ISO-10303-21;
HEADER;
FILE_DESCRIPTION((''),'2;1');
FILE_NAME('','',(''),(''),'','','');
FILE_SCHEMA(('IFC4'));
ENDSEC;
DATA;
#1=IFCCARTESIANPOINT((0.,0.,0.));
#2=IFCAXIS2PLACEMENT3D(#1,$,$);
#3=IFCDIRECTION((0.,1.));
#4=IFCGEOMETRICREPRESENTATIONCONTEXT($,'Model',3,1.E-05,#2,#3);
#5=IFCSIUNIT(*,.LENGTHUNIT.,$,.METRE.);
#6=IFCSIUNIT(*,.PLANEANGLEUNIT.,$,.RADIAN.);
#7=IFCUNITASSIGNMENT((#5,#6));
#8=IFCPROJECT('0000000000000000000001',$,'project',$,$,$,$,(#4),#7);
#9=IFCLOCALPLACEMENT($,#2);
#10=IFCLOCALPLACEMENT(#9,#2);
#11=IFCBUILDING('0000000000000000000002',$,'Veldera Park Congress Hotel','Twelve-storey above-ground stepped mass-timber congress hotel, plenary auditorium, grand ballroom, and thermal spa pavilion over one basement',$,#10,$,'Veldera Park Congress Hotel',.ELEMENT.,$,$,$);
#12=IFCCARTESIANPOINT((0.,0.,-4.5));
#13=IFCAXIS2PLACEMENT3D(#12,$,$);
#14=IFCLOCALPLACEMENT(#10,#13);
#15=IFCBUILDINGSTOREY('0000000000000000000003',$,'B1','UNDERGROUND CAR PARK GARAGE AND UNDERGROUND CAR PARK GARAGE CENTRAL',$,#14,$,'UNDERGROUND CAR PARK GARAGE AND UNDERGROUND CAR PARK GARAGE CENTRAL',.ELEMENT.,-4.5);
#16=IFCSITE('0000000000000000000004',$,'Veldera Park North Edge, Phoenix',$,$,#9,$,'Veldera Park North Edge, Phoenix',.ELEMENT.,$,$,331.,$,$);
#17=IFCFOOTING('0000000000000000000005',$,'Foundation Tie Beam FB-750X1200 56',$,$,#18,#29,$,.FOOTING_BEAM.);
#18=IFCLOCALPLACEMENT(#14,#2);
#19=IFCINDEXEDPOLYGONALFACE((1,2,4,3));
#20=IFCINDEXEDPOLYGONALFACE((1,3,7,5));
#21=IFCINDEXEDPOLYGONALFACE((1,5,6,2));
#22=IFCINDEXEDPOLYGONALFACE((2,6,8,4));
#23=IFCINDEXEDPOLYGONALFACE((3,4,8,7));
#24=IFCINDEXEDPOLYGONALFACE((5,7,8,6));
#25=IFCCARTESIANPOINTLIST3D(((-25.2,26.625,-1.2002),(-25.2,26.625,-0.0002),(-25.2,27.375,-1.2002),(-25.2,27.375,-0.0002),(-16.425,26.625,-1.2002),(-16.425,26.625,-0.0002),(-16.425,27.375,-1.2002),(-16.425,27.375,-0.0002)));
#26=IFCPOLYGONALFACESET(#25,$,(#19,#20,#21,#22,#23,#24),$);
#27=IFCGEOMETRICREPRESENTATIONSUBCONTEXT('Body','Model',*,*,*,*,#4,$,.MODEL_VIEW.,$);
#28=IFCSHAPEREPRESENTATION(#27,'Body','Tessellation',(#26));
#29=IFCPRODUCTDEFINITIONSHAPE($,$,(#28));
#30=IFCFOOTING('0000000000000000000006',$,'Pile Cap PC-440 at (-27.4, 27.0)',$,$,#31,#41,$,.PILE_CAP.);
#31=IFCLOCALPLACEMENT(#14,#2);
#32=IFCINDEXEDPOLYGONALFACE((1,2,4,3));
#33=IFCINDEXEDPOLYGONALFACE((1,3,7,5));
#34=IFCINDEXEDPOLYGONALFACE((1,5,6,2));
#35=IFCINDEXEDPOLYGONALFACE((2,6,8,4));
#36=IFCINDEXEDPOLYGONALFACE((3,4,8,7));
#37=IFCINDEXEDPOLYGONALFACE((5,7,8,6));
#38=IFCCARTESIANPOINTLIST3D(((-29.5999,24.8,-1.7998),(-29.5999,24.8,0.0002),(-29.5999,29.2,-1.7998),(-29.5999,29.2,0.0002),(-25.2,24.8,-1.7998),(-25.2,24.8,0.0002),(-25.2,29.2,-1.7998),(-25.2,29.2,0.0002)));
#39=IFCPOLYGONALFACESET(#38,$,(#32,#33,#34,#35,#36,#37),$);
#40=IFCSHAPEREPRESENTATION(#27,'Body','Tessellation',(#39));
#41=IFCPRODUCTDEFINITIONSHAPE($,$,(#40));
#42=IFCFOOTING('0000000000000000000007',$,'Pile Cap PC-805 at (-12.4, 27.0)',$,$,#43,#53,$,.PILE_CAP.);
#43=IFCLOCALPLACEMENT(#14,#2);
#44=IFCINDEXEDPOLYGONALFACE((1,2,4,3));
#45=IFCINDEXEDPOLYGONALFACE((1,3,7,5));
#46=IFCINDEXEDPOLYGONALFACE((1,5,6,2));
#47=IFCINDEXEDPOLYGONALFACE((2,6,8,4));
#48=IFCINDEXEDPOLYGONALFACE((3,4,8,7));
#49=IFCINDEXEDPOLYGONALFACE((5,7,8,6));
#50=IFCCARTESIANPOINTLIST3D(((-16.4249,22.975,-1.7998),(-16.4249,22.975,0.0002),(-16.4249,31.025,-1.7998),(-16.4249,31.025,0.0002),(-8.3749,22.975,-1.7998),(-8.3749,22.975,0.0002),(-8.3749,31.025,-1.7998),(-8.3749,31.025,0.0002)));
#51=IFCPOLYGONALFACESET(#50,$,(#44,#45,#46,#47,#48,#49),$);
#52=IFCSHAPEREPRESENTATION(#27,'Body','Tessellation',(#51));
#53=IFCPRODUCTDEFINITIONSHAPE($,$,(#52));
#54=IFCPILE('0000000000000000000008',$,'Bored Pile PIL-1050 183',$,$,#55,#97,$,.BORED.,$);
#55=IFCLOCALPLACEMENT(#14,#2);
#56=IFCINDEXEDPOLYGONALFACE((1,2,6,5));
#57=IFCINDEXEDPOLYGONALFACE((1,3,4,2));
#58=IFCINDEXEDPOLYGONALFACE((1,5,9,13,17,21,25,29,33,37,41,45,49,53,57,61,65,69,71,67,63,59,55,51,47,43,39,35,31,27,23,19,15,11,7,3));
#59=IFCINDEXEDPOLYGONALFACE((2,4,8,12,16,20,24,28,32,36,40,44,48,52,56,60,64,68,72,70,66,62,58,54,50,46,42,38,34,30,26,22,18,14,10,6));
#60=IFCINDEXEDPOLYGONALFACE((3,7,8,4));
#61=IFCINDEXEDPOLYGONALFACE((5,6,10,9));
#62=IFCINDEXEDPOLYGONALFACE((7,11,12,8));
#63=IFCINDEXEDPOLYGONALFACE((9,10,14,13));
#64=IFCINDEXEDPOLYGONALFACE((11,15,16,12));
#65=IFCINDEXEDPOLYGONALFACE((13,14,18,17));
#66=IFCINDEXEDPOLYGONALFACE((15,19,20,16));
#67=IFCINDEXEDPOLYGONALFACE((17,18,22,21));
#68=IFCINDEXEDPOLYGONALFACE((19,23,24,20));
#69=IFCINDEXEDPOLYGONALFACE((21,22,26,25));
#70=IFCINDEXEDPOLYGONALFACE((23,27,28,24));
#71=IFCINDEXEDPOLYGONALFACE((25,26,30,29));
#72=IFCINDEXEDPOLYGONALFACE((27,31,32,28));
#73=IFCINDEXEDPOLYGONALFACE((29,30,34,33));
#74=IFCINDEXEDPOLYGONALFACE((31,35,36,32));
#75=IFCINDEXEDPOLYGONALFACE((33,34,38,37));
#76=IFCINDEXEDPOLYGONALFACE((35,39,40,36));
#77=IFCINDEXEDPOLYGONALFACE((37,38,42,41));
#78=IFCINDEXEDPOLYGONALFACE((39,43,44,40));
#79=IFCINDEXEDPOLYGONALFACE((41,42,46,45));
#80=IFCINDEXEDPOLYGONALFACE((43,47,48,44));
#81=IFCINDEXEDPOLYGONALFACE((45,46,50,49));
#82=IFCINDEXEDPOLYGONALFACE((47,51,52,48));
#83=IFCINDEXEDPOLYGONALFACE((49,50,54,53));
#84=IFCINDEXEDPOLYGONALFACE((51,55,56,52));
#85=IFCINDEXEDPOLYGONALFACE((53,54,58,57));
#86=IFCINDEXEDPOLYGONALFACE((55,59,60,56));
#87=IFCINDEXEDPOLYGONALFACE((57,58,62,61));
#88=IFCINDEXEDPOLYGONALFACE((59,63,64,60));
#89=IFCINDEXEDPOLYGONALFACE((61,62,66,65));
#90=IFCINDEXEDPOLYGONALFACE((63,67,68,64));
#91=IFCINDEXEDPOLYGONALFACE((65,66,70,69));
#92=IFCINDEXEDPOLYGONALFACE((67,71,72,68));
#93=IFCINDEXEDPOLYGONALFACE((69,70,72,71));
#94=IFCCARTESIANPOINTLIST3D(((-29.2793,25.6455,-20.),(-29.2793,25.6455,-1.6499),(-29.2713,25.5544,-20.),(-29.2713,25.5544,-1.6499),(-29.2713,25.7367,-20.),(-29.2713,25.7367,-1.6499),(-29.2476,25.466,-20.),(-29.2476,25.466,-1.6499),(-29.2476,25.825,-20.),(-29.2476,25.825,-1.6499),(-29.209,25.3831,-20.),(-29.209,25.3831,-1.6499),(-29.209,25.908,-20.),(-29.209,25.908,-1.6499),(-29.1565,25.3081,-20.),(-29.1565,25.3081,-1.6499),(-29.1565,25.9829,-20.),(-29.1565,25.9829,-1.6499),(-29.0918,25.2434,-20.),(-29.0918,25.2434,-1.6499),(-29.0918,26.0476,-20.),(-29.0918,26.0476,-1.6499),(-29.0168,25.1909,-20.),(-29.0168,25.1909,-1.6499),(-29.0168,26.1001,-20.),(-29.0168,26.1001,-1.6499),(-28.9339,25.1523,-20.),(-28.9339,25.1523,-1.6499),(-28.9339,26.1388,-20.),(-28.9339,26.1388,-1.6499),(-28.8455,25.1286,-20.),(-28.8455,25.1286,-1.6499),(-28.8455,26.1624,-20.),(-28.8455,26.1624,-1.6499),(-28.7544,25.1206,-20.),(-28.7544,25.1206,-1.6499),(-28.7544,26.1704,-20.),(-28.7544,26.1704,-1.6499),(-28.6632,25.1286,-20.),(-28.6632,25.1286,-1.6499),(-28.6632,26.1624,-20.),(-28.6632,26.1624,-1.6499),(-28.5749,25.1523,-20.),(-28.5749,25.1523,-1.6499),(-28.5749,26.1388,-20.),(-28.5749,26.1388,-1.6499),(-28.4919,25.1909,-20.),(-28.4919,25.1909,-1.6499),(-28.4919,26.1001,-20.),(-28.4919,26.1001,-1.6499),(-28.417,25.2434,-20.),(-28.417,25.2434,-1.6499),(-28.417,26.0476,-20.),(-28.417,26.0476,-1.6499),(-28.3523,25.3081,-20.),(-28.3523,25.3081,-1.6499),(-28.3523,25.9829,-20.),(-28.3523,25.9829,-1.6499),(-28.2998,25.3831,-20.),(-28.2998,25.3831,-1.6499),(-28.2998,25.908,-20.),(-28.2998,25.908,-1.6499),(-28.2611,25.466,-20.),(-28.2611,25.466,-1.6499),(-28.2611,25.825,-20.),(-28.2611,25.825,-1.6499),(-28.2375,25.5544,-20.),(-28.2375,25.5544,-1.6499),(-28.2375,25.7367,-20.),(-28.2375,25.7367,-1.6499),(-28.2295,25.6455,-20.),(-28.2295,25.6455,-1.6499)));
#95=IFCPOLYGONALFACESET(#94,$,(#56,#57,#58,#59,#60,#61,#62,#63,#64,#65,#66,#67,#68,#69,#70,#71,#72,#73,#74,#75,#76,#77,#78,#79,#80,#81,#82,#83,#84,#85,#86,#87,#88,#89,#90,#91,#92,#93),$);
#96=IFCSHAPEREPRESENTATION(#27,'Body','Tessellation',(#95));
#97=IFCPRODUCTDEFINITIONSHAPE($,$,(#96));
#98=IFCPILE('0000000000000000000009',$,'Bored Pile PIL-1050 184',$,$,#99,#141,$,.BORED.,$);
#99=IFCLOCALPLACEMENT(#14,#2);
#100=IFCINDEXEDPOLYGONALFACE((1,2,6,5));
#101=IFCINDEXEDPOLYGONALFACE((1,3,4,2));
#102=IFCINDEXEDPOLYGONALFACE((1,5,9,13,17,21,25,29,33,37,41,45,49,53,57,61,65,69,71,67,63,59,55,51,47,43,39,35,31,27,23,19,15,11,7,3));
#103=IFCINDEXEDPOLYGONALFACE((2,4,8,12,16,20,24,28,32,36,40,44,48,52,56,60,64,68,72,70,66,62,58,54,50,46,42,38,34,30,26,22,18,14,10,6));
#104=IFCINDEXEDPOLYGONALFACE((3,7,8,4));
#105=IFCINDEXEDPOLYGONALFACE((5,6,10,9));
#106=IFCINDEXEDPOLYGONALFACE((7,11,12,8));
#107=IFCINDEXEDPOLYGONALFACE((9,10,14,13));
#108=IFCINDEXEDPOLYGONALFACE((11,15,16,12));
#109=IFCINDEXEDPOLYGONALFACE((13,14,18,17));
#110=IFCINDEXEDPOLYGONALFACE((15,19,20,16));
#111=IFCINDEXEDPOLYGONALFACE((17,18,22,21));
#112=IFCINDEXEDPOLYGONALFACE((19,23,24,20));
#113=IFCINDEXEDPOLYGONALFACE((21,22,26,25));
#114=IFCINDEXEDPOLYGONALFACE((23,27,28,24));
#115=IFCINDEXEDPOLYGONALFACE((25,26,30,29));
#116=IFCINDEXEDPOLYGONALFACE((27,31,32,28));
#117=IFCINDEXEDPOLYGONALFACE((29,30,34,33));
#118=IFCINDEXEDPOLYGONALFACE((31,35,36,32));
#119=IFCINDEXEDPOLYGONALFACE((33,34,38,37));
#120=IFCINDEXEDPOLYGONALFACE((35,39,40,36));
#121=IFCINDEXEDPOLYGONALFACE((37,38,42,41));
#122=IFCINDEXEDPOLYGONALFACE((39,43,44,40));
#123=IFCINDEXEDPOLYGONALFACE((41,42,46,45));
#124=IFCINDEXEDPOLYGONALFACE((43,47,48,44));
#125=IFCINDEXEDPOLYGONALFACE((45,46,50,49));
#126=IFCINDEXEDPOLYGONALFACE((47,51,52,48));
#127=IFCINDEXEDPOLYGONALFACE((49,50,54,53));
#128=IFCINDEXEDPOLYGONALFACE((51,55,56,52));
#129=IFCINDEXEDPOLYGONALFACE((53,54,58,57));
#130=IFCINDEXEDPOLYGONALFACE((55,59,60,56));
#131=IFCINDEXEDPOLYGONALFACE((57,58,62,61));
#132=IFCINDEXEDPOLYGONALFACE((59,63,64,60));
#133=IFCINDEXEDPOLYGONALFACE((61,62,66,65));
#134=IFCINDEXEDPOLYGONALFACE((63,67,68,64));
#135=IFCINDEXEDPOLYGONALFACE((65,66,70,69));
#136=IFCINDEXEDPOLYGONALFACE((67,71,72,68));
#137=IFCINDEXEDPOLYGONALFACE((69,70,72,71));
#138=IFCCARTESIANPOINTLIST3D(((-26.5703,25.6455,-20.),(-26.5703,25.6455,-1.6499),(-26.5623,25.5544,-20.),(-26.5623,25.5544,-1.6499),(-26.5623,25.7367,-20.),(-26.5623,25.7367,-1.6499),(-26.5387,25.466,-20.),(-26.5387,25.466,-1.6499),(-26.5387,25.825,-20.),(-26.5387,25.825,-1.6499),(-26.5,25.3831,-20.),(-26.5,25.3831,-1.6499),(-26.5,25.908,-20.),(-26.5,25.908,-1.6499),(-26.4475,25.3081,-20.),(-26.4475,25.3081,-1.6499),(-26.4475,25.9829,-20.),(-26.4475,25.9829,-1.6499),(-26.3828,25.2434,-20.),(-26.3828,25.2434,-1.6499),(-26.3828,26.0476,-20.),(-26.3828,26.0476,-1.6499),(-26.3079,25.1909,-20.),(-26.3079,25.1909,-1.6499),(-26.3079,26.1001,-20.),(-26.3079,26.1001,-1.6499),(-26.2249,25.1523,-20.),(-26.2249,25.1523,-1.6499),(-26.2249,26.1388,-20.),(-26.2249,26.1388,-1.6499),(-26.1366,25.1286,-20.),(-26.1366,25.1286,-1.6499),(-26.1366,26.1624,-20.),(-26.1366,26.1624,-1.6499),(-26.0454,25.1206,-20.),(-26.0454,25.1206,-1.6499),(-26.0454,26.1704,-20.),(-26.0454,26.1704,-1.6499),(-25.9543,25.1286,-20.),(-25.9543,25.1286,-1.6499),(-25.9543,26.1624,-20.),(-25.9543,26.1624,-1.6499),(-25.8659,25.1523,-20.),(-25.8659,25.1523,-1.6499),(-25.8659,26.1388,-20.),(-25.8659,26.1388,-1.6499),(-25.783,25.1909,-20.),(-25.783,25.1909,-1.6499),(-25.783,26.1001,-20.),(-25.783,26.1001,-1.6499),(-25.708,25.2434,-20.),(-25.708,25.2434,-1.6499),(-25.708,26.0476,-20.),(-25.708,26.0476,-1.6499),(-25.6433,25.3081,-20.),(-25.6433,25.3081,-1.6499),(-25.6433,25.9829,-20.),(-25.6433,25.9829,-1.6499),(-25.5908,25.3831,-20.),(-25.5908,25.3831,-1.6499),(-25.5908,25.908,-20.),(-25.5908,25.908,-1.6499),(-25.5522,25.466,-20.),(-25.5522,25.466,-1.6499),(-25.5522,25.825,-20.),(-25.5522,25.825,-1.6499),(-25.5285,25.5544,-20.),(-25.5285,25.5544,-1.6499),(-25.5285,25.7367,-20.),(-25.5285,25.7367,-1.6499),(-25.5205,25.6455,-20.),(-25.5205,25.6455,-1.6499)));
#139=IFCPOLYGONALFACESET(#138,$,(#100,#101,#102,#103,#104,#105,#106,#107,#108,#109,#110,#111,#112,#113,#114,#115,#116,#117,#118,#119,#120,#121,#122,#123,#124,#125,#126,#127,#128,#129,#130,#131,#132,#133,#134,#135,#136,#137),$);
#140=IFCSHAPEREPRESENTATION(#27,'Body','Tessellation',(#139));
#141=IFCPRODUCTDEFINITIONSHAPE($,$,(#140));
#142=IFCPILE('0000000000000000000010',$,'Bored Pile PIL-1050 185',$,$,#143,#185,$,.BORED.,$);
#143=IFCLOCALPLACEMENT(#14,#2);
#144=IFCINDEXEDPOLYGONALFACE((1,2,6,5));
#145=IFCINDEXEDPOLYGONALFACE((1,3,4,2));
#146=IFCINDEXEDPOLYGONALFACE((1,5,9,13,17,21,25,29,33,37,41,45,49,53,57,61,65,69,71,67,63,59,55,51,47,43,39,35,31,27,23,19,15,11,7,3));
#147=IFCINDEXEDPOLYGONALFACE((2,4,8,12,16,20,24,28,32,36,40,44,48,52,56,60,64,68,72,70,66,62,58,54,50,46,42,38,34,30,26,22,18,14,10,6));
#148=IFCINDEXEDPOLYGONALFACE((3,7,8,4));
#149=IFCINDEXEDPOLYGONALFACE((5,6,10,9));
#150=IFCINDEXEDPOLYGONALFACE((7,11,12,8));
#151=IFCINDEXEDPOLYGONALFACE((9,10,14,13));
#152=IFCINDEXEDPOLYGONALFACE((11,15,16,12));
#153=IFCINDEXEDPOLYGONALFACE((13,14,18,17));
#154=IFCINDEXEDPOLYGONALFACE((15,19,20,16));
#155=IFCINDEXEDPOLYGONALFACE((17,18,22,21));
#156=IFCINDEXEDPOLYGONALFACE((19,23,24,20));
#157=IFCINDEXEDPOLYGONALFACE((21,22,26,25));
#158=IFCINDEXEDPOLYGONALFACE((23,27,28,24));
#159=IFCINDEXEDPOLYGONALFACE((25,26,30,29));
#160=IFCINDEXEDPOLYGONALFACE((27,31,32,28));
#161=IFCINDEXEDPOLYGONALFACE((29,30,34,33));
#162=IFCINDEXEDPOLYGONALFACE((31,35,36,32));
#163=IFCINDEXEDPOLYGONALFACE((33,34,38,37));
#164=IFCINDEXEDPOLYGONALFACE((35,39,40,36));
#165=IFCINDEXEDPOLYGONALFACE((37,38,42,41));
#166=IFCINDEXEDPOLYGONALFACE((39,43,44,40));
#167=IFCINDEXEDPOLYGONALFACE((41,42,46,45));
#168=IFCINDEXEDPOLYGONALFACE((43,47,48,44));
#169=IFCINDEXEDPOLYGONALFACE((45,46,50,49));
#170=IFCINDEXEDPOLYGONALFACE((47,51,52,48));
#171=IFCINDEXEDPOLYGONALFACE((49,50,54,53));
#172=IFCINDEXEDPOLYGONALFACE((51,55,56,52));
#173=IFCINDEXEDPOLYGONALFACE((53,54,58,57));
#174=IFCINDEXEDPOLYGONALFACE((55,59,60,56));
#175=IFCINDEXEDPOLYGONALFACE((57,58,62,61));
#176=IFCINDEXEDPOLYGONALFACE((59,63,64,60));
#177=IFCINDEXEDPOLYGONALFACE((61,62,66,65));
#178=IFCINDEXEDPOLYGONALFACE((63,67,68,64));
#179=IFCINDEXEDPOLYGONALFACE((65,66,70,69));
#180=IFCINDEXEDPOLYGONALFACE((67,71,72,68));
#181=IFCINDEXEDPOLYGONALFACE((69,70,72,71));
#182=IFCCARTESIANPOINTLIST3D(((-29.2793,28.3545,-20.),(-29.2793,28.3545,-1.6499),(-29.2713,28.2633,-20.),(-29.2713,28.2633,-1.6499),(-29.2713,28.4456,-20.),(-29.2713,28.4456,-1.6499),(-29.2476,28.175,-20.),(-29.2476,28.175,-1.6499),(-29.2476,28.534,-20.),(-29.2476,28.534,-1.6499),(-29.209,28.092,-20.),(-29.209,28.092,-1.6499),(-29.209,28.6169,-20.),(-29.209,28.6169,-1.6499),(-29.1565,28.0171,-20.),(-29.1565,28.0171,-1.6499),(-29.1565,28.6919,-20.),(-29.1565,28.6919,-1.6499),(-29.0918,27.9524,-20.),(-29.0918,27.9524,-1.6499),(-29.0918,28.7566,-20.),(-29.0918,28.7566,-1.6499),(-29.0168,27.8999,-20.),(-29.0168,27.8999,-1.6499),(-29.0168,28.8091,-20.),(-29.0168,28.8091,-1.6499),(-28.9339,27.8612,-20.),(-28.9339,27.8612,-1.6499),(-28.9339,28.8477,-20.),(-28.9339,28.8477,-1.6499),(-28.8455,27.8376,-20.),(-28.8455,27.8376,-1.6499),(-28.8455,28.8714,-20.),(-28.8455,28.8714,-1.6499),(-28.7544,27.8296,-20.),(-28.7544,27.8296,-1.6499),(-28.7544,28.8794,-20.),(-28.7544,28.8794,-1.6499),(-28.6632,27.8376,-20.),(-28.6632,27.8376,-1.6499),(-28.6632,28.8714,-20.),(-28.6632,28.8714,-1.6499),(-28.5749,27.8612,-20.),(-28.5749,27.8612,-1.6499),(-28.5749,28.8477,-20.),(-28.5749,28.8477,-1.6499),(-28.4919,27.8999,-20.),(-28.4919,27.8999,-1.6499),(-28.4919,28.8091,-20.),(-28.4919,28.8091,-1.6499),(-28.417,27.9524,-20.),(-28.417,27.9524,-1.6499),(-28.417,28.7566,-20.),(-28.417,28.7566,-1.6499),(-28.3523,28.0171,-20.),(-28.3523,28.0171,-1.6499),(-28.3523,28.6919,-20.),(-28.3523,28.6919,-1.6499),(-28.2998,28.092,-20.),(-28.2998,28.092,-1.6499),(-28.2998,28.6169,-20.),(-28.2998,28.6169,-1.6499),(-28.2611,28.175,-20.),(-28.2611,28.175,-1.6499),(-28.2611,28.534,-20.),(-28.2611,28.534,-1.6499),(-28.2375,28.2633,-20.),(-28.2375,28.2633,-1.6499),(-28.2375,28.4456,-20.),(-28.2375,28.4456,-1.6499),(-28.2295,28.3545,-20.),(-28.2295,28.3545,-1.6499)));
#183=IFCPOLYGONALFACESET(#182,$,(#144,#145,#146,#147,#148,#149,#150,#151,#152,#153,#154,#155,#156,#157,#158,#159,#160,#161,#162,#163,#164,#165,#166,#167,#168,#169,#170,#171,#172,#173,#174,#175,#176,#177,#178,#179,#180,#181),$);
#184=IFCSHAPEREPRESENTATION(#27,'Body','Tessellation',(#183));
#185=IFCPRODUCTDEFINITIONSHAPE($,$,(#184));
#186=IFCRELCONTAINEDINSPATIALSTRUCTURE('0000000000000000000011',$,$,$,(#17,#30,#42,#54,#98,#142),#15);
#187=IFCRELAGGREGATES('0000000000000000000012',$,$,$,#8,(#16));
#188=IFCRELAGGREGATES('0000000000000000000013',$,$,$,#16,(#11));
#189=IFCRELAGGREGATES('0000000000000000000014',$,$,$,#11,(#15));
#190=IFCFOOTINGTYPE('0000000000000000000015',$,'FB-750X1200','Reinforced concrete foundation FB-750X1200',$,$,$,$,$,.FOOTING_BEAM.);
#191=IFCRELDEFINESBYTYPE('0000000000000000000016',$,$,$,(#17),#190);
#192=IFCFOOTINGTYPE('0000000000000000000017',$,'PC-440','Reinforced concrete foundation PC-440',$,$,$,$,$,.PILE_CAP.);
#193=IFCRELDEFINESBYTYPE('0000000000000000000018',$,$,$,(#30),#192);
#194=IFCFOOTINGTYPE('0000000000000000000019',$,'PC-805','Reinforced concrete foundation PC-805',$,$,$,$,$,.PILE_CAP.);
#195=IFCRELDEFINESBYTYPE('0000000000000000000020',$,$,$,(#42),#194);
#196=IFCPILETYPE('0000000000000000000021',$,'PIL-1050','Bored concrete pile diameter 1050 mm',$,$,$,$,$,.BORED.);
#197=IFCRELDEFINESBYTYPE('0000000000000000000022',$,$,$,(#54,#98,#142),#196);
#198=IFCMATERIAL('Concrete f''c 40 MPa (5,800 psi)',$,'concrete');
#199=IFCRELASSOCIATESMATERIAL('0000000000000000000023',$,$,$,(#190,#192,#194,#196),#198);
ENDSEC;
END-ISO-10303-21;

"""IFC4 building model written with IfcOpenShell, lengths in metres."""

from ifc_helpers import new_model, si_unit, direction, frame, origin, origin_2d, place, context, subcontext, project, spatial, rectangle, circle, extrude, material, material_profile, profile_set, type_object, element, save


model = new_model("IFC4")

# Units and contexts
model_context = context("Model", 3, precision=1e-05, world=origin(), true_north=direction((0.0, 1.0)))
body_context = subcontext(model_context, "Body", "Model", "MODEL_VIEW")
ifc_project = project(units=[si_unit("LENGTHUNIT", "METRE"), si_unit("PLANEANGLEUNIT", "RADIAN")], contexts=[model_context])

# Site, building, storey
site_placement = place(None, origin())
site = spatial("IfcSite", under=ifc_project, at=site_placement, Name="Veldera Park North Edge, Phoenix", LongName="Veldera Park North Edge, Phoenix", CompositionType="ELEMENT", RefElevation=331.0)
building_placement = place(site_placement, origin())
building = spatial("IfcBuilding", under=site, at=building_placement, Name="Veldera Park Congress Hotel", Description="Twelve-storey above-ground stepped mass-timber congress hotel, plenary auditorium, grand ballroom, and thermal spa pavilion over one basement", LongName="Veldera Park Congress Hotel", CompositionType="ELEMENT")
storey_placement = place(building_placement, frame((0.0, 0.0, -4.5)))
storey = spatial("IfcBuildingStorey", under=building, at=storey_placement, Name="B1", Description="UNDERGROUND CAR PARK GARAGE AND UNDERGROUND CAR PARK GARAGE CENTRAL", LongName="UNDERGROUND CAR PARK GARAGE AND UNDERGROUND CAR PARK GARAGE CENTRAL", CompositionType="ELEMENT", Elevation=-4.5)

# Footings
ifc_material_1 = material(Name="Concrete f'c 40 MPa (5,800 psi)", Category="concrete")
footing_type_1 = type_object("IfcFootingType", Name="FB-750X1200", Description="Reinforced concrete foundation FB-750X1200", PredefinedType="FOOTING_BEAM", material=ifc_material_1)
footing_1_placement = place(storey_placement, frame((-20.8125, 27.0, -1.2002), z_axis=(0.0, 0.0, 1.0), x_axis=(1.0, 0.0, 0.0)))
element("IfcFooting", 1, at=footing_1_placement, inside=storey, type_object=footing_type_1, Name="Foundation Tie Beam FB-750X1200 56", PredefinedType="FOOTING_BEAM", context=body_context, shape_type="SweptSolid", body=[
    extrude(rectangle(XDim=8.7749, YDim=0.75, at=origin_2d()), origin(), (0.0, 0.0, 1.0), 1.2),
])
footing_type_2 = type_object("IfcFootingType", Name="PC-440", Description="Reinforced concrete foundation PC-440", PredefinedType="PILE_CAP", material=ifc_material_1)
footing_2_placement = place(storey_placement, frame((-27.3999, 27.0, -1.7998), z_axis=(0.0, 0.0, 1.0), x_axis=(1.0, 0.0, 0.0)))
element("IfcFooting", 2, at=footing_2_placement, inside=storey, type_object=footing_type_2, Name="Pile Cap PC-440 at (-27.4, 27.0)", PredefinedType="PILE_CAP", context=body_context, shape_type="SweptSolid", body=[
    extrude(rectangle(XDim=4.3999, YDim=4.3999, at=origin_2d()), origin(), (0.0, 0.0, 1.0), 1.8),
])
footing_type_3 = type_object("IfcFootingType", Name="PC-805", Description="Reinforced concrete foundation PC-805", PredefinedType="PILE_CAP", material=ifc_material_1)
footing_3_placement = place(storey_placement, frame((-12.3999, 27.0, -1.7998), z_axis=(0.0, 0.0, 1.0), x_axis=(1.0, 0.0, 0.0)))
element("IfcFooting", 3, at=footing_3_placement, inside=storey, type_object=footing_type_3, Name="Pile Cap PC-805 at (-12.4, 27.0)", PredefinedType="PILE_CAP", context=body_context, shape_type="SweptSolid", body=[
    extrude(rectangle(XDim=8.05, YDim=8.05, at=origin_2d()), origin(), (0.0, 0.0, 1.0), 1.8),
])

# Piles
ifc_material_profile_1 = material_profile(ifc_material_1, circle(Radius=0.5249, at=origin_2d()), Name="PILE D1050")
ifc_profile_set_1 = profile_set([ifc_material_profile_1], Name="Concrete f'c 40 MPa (5,800 psi)")
pile_type_1 = type_object("IfcPileType", Name="PIL-1050", Description="Bored concrete pile diameter 1050 mm", PredefinedType="BORED", material=ifc_profile_set_1)
for number, where, z_axis, x_axis, name in (
    (4, (-28.7544, 25.6455, -1.6499), (0.0, 0.0, -1.0), (1.0, 0.0, 0.0), "Bored Pile PIL-1050 183"),
    (5, (-26.0454, 25.6455, -1.6499), (0.0, 0.0, -1.0), (1.0, 0.0, 0.0), "Bored Pile PIL-1050 184"),
    (6, (-28.7544, 28.3545, -1.6499), (0.0, 0.0, -1.0), (1.0, 0.0, 0.0), "Bored Pile PIL-1050 185"),
):
    element("IfcPile", number, at=place(storey_placement, frame(where, z_axis=z_axis, x_axis=x_axis)), inside=storey, type_object=pile_type_1, Name=name, PredefinedType="BORED", context=body_context, shape_type="SweptSolid", body=[
        extrude(circle(Radius=0.5249, at=origin_2d()), origin(), (0.0, 0.0, 1.0), 18.3501),
    ])

save(model, "model.ifc")
